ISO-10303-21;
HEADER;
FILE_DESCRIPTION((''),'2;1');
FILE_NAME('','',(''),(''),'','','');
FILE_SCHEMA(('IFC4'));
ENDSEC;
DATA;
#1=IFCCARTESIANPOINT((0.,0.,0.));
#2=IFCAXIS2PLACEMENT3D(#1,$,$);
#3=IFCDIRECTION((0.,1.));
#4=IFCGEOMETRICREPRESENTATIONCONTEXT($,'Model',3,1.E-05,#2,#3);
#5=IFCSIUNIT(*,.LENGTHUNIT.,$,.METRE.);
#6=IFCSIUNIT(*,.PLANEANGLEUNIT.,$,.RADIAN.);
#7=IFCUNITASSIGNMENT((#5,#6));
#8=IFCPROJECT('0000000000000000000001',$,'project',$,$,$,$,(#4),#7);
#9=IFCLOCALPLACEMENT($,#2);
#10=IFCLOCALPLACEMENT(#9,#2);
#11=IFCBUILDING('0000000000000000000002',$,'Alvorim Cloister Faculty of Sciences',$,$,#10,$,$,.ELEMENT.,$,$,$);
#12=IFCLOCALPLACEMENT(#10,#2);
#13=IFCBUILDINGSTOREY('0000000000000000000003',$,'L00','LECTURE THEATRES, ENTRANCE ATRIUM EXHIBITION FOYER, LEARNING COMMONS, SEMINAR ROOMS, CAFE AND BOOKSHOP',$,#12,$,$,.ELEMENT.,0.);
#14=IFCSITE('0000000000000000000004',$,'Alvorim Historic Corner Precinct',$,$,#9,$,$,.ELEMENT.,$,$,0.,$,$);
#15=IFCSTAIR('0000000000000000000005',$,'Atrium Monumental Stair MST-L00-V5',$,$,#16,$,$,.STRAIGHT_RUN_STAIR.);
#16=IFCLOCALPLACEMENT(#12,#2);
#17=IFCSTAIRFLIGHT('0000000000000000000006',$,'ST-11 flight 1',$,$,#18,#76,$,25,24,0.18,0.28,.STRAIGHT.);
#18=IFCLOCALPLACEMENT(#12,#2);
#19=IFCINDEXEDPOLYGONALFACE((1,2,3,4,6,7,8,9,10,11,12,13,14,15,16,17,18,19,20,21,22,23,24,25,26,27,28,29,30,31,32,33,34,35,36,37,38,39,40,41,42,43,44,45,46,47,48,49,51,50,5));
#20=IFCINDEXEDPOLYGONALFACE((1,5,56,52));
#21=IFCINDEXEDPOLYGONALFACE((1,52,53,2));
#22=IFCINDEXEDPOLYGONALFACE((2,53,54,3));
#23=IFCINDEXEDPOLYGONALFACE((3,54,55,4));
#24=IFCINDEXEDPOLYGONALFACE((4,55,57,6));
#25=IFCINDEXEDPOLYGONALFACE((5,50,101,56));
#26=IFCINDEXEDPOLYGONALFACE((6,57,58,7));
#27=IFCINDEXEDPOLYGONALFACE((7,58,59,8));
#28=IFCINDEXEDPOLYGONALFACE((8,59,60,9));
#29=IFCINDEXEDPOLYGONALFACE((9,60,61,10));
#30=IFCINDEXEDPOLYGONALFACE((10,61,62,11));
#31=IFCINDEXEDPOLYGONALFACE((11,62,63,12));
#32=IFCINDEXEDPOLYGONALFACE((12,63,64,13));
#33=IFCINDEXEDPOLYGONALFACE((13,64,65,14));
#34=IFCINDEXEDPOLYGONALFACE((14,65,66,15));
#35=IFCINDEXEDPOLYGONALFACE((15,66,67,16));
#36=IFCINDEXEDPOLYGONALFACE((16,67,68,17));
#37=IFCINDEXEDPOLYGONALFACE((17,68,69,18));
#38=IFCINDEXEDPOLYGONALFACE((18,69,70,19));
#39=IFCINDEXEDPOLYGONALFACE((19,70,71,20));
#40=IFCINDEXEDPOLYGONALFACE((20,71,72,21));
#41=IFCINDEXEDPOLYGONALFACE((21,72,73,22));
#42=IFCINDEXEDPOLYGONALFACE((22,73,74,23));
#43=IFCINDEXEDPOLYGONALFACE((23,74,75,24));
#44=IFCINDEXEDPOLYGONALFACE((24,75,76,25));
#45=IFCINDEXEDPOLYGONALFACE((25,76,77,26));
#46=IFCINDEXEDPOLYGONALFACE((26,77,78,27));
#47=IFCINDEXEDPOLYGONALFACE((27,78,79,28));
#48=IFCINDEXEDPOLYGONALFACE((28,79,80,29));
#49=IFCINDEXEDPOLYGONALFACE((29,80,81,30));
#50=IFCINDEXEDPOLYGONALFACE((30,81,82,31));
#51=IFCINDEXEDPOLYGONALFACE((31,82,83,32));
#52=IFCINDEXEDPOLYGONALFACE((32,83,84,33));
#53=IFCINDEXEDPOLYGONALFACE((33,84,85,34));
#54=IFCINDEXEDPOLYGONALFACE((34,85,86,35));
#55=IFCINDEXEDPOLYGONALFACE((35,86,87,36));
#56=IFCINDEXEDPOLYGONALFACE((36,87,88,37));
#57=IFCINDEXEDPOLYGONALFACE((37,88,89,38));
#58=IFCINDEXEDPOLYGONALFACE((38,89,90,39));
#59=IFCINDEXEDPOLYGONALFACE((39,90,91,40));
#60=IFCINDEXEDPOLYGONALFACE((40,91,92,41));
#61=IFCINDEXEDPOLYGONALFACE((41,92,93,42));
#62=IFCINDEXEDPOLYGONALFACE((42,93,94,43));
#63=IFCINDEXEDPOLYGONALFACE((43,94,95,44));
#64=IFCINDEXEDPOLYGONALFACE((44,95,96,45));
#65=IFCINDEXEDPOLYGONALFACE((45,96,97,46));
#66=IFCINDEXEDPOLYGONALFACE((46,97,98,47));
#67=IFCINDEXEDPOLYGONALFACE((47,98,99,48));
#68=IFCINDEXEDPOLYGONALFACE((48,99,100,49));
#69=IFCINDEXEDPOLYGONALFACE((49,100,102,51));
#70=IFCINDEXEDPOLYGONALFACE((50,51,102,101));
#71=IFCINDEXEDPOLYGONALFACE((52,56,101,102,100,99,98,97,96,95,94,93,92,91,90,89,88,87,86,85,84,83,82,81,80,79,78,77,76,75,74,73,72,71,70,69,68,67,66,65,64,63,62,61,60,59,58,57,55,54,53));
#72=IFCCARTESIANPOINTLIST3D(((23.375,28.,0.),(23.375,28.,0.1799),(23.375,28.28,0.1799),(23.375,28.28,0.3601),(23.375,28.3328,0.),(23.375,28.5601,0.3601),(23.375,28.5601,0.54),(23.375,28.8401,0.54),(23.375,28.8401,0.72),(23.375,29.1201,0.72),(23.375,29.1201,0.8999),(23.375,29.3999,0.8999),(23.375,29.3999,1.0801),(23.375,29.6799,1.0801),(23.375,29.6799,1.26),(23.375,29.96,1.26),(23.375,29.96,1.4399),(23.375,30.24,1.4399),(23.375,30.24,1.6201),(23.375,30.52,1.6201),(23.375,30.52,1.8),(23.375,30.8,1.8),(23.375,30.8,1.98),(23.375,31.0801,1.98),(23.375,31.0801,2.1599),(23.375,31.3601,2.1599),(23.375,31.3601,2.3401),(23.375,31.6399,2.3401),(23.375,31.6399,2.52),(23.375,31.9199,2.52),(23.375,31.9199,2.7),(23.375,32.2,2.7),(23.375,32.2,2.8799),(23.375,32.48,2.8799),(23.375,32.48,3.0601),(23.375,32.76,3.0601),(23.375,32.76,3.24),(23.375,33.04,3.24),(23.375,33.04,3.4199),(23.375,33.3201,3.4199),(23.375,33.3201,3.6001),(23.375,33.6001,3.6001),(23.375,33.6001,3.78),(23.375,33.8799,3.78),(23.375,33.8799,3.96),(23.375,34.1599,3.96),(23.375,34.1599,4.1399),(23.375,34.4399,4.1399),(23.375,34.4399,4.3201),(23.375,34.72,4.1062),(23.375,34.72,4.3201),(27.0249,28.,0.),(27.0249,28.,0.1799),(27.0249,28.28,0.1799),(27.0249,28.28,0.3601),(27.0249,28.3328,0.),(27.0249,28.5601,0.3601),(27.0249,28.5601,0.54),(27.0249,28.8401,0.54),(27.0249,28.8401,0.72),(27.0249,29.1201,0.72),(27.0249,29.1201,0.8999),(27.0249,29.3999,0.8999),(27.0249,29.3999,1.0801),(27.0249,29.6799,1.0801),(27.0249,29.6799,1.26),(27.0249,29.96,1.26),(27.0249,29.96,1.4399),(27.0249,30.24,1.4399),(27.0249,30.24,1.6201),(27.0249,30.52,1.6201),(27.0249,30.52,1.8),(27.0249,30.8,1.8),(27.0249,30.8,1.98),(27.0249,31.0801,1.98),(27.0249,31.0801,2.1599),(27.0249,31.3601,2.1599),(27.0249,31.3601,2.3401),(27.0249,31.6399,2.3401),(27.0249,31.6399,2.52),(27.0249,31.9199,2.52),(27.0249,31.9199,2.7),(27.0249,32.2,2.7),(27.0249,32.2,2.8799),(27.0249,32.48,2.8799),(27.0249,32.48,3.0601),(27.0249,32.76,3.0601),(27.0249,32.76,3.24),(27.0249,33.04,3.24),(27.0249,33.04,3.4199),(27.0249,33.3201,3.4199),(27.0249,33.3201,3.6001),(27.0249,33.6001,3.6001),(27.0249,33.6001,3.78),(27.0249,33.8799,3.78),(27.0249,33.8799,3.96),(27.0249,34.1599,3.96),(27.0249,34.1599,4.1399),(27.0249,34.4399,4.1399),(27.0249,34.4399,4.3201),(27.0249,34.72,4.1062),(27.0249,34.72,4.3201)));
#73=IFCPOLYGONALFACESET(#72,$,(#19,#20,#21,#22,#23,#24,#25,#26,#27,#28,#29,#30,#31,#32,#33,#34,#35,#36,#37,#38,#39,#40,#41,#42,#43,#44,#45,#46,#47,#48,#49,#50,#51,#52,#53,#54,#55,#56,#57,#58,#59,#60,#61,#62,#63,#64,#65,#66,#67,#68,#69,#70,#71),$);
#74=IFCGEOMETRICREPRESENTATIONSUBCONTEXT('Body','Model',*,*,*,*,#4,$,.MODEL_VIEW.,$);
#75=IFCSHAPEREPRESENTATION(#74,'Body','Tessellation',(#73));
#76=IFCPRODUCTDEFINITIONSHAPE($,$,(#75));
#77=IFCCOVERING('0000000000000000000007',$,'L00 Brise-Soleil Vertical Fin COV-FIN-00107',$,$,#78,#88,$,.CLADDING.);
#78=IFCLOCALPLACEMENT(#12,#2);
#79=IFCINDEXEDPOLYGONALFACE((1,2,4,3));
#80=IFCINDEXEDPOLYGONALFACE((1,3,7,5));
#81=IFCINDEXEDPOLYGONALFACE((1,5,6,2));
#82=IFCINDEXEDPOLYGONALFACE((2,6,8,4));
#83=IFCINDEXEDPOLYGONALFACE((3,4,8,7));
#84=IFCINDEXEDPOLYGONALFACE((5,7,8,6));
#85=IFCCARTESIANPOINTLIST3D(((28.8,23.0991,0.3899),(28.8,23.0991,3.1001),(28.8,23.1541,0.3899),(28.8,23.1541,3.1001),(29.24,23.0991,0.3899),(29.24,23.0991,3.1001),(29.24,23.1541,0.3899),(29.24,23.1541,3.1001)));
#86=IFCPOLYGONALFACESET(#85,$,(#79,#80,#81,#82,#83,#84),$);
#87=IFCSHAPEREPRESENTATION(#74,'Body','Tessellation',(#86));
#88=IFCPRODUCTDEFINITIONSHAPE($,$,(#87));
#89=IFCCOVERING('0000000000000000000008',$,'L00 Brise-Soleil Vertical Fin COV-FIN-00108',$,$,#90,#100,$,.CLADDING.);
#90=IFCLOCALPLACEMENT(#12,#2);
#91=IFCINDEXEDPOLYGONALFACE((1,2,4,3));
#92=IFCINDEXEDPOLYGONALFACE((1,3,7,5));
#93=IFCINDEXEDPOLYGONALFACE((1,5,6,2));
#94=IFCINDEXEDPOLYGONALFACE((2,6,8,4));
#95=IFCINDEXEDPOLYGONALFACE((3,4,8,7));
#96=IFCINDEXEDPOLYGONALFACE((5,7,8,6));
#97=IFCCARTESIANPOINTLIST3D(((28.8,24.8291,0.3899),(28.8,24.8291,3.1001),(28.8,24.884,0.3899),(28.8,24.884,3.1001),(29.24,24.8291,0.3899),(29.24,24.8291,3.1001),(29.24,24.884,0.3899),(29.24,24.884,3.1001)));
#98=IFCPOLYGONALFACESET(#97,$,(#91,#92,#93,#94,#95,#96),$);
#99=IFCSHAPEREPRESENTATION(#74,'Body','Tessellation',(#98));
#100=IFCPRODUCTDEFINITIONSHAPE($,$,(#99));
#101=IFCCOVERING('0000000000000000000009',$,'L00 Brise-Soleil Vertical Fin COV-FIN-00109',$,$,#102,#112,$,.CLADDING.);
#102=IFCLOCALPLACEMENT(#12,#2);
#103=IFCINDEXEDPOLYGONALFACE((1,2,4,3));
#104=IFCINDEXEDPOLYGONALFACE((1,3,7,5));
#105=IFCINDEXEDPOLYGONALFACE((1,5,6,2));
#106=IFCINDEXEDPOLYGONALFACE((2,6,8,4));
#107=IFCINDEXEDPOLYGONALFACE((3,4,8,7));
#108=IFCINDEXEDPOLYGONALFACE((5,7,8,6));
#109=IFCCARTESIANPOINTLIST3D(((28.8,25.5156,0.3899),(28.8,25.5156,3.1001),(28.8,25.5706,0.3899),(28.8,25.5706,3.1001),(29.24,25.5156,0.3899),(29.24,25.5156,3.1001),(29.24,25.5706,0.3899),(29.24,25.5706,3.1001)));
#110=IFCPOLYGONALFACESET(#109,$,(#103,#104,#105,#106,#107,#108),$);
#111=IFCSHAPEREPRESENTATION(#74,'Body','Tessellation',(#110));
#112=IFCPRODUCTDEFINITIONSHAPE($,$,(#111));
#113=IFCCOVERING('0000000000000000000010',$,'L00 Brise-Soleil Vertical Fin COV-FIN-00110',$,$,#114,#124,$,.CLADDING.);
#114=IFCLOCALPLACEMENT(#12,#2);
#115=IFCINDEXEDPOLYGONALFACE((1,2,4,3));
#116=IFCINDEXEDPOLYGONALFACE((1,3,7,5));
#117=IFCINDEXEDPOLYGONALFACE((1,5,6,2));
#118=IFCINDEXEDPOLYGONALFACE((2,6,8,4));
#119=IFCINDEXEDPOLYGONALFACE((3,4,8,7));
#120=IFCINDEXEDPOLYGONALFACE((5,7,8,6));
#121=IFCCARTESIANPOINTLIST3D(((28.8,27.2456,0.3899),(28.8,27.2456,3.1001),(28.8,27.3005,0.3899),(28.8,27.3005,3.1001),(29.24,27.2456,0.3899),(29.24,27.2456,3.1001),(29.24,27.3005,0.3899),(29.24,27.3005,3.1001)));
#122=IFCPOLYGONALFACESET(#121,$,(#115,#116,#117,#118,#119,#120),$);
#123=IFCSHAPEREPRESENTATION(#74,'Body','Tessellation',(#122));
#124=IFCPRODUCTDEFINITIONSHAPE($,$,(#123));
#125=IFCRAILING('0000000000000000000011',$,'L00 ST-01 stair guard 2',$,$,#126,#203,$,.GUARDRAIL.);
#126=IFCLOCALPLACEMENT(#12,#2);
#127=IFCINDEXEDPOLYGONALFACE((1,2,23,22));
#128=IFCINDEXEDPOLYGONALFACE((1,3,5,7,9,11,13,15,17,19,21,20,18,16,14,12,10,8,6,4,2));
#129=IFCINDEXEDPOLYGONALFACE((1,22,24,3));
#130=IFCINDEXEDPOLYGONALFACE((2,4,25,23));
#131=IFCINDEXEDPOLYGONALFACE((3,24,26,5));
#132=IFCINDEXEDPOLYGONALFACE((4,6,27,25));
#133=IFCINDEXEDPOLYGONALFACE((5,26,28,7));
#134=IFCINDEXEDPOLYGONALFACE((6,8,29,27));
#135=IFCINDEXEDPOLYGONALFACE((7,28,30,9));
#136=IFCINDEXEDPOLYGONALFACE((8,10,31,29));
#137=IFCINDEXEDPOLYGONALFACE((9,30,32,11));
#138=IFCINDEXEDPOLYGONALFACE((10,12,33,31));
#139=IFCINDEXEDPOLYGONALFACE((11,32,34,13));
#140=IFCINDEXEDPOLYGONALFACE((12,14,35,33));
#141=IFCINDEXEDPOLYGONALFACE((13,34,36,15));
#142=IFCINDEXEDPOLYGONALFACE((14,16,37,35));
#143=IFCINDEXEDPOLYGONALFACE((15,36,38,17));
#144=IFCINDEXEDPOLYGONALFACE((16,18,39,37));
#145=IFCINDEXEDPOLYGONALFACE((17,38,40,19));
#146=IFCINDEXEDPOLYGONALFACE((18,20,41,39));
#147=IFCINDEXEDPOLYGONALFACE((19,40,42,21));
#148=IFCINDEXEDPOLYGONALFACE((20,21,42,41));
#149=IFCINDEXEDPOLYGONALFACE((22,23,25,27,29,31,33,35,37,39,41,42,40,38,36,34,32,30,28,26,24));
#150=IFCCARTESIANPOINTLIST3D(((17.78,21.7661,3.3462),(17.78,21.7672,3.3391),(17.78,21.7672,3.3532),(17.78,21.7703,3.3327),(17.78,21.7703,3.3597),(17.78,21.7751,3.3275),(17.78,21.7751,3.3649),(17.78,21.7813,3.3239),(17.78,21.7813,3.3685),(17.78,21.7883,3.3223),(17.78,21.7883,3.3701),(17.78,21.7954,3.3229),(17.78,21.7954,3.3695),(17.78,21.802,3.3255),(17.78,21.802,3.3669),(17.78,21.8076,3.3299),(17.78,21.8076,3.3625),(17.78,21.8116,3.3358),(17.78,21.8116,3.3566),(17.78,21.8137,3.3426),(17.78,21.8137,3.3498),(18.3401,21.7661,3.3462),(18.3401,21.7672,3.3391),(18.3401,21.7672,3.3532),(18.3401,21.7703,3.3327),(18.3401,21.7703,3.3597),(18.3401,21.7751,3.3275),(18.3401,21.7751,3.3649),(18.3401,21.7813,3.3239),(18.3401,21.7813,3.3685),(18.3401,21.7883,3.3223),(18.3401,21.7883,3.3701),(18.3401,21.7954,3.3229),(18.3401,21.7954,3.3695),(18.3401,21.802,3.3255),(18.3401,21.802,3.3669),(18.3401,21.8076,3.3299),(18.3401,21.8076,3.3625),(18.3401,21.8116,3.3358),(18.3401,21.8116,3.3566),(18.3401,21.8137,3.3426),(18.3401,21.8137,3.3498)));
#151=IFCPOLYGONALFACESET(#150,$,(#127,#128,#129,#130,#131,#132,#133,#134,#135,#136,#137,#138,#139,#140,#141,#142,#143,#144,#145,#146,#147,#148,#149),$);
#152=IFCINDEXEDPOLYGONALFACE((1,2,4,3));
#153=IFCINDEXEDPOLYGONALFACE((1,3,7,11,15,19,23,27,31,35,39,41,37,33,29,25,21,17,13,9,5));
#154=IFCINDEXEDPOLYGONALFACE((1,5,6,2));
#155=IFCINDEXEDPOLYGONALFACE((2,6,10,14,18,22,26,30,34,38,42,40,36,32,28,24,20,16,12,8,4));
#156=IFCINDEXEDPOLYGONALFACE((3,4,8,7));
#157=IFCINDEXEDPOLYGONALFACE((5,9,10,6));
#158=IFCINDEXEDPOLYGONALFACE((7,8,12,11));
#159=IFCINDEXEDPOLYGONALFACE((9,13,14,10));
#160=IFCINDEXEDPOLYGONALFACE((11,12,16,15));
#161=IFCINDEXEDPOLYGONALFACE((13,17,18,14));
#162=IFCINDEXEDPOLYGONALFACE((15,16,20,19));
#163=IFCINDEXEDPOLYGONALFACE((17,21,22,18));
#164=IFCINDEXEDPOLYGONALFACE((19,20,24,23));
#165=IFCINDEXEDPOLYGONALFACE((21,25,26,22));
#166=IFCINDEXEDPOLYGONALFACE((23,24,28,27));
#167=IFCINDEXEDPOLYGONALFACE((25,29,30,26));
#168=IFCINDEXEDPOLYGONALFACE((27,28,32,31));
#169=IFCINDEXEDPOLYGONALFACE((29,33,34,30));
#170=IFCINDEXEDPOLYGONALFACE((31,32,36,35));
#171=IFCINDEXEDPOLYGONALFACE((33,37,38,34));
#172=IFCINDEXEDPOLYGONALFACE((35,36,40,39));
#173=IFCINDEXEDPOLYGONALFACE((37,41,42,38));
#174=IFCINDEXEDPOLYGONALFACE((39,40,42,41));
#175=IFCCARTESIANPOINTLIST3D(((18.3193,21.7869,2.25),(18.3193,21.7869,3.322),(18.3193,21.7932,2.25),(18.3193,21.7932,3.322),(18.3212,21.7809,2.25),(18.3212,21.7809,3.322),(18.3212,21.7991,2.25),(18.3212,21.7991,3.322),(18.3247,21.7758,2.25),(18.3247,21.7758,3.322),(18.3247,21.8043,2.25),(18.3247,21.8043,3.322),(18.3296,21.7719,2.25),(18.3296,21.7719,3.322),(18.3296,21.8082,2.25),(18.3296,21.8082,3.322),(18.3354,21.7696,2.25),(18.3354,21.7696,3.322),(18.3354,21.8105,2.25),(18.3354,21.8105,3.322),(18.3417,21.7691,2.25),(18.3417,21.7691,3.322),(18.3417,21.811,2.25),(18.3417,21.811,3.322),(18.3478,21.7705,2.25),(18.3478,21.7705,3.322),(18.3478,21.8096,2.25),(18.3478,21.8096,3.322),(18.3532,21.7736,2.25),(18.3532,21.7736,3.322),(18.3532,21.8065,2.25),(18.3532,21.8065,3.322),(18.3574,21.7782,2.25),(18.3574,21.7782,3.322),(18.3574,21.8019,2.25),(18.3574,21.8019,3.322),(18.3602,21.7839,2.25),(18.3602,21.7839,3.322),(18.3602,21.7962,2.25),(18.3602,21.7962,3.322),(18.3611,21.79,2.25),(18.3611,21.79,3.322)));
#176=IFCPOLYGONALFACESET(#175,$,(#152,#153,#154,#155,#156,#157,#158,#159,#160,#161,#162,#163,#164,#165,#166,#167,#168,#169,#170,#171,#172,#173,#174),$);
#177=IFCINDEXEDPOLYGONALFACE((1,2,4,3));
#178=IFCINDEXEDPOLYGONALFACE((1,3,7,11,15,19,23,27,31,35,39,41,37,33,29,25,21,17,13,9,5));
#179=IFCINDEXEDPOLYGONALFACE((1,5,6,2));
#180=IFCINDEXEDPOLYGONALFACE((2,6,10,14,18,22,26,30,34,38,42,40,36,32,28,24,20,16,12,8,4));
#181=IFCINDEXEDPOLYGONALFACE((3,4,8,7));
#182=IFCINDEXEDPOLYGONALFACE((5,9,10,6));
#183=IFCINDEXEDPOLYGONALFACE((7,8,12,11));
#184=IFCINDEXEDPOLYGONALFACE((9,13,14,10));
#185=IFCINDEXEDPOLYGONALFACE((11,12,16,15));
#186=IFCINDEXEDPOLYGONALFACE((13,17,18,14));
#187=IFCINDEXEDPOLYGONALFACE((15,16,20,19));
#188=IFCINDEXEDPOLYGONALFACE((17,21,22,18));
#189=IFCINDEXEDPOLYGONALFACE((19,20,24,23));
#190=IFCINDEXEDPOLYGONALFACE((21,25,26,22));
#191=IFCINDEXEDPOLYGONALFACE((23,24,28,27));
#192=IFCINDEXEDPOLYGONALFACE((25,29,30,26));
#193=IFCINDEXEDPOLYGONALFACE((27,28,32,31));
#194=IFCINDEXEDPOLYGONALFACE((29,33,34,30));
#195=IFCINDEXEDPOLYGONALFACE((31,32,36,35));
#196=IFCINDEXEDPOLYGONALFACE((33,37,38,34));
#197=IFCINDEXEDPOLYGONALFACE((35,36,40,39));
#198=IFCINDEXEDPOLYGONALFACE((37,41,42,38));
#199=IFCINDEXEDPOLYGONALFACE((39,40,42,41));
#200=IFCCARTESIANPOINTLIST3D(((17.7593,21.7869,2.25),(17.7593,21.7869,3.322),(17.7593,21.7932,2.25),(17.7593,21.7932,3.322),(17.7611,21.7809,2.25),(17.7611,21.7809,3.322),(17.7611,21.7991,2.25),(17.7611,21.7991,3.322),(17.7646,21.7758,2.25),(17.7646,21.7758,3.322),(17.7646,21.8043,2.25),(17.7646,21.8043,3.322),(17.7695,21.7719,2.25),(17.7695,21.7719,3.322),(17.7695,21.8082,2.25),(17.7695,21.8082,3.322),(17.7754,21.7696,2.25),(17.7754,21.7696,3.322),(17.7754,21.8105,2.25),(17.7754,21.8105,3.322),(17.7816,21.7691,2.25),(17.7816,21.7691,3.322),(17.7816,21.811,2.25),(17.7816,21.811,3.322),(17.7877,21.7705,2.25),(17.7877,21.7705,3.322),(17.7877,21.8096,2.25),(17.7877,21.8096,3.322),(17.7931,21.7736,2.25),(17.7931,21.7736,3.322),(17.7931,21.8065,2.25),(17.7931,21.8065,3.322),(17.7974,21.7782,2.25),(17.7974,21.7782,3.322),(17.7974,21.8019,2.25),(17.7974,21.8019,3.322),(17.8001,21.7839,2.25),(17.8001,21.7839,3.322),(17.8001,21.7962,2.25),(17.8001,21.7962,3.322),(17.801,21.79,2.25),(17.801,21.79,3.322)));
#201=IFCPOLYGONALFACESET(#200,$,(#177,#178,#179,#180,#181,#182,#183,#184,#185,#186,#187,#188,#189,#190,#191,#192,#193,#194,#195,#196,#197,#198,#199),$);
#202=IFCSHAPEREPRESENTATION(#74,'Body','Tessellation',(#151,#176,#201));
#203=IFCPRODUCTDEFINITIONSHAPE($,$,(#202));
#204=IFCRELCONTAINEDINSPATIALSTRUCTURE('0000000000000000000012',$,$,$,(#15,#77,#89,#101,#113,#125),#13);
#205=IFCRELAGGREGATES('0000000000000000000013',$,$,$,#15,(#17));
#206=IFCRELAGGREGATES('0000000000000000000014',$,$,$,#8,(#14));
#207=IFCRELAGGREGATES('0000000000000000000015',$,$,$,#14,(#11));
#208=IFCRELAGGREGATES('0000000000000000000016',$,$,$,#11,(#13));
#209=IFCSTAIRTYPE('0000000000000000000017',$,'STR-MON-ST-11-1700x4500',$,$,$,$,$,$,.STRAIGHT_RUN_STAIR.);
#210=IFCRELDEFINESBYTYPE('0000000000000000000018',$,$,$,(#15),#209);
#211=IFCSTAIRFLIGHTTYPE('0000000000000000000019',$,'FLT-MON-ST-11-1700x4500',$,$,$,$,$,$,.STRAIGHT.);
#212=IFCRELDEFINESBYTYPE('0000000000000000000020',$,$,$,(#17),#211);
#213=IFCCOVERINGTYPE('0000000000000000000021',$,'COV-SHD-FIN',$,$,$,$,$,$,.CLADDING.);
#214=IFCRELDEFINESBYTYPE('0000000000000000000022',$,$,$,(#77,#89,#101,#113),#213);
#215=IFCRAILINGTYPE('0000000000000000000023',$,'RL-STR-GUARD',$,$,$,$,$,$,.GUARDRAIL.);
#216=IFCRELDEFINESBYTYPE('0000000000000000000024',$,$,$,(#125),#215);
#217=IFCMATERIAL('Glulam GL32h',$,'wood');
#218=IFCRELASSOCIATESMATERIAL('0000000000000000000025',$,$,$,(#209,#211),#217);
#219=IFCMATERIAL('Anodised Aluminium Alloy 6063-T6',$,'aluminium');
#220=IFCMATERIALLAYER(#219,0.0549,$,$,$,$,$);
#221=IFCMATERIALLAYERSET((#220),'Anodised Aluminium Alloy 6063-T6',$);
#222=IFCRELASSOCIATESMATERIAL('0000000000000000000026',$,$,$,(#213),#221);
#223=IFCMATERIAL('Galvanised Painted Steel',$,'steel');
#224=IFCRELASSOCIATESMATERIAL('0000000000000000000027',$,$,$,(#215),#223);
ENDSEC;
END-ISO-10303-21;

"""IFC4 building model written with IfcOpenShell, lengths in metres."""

from ifc_helpers import new_model, si_unit, direction, frame, origin, origin_2d, place, context, subcontext, project, spatial, polyline, circle, outline, extrude, material, layer, layer_set, type_object, element, aggregate, save


model = new_model("IFC4")

# Units and contexts
model_context = context("Model", 3, precision=1e-05, world=origin(), true_north=direction((0.0, 1.0)))
body_context = subcontext(model_context, "Body", "Model", "MODEL_VIEW")
ifc_project = project(units=[si_unit("LENGTHUNIT", "METRE"), si_unit("PLANEANGLEUNIT", "RADIAN")], contexts=[model_context])

# Site, building, storey
site_placement = place(None, origin())
site = spatial("IfcSite", under=ifc_project, at=site_placement, Name="Alvorim Historic Corner Precinct", CompositionType="ELEMENT", RefElevation=0.0)
building_placement = place(site_placement, origin())
building = spatial("IfcBuilding", under=site, at=building_placement, Name="Alvorim Cloister Faculty of Sciences", CompositionType="ELEMENT")
storey_placement = place(building_placement, origin())
storey = spatial("IfcBuildingStorey", under=building, at=storey_placement, Name="L00", Description="LECTURE THEATRES, ENTRANCE ATRIUM EXHIBITION FOYER, LEARNING COMMONS, SEMINAR ROOMS, CAFE AND BOOKSHOP", CompositionType="ELEMENT", Elevation=0.0)

# Stair, stair flight
ifc_material_1 = material(Name="Glulam GL32h", Category="wood")
stair_type = type_object("IfcStairType", Name="STR-MON-ST-11-1700x4500", PredefinedType="STRAIGHT_RUN_STAIR", material=ifc_material_1)
stair_placement = place(storey_placement, origin())
stair = element("IfcStair", 1, at=stair_placement, inside=storey, type_object=stair_type, Name="Atrium Monumental Stair MST-L00-V5", PredefinedType="STRAIGHT_RUN_STAIR")
stair_flight_type = type_object("IfcStairFlightType", Name="FLT-MON-ST-11-1700x4500", PredefinedType="STRAIGHT", material=ifc_material_1)
stair_flight_placement = place(storey_placement, frame((25.2, 28.0, 0.0), z_axis=(0.0, 0.0, 1.0), x_axis=(0.0, 1.0, 0.0)))
stair_flight = element("IfcStairFlight", 2, at=stair_flight_placement, type_object=stair_flight_type, Name="ST-11 flight 1", NumberOfRisers=25, NumberOfTreads=24, PredefinedType="STRAIGHT", RiserHeight=0.18, TreadLength=0.28, context=body_context, shape_type="SweptSolid", body=[
    extrude(outline(polyline([(0.3328, 0.0), (6.72, 4.1062), (6.72, 4.5), (6.72, 4.3201), (6.4399, 4.3201), (6.4399, 4.1399), (6.1599, 4.1399), (6.1599, 3.96), (5.8799, 3.96), (5.8799, 3.78), (5.6001, 3.78), (5.6001, 3.6001), (5.3201, 3.6001), (5.3201, 3.4199), (5.04, 3.4199), (5.04, 3.24), (4.76, 3.24), (4.76, 3.0601), (4.48, 3.0601), (4.48, 2.8799), (4.2, 2.8799), (4.2, 2.7), (3.9199, 2.7), (3.9199, 2.52), (3.6399, 2.52), (3.6399, 2.3401), (3.3601, 2.3401), (3.3601, 2.1599), (3.0801, 2.1599), (3.0801, 1.98), (2.8, 1.98), (2.8, 1.8), (2.52, 1.8), (2.52, 1.6201), (2.24, 1.6201), (2.24, 1.4399), (1.96, 1.4399), (1.96, 1.26), (1.6799, 1.26), (1.6799, 1.0801), (1.3999, 1.0801), (1.3999, 0.8999), (1.1201, 0.8999), (1.1201, 0.72), (0.8401, 0.72), (0.8401, 0.54), (0.5601, 0.54), (0.5601, 0.3601), (0.28, 0.3601), (0.28, 0.1799), (0.0, 0.1799), (0.0, 0.0), (0.3328, 0.0)])), frame((0.0, 1.825, 0.0), z_axis=(0.0, -1.0, 0.0), x_axis=(1.0, 0.0, 0.0)), (0.0, 0.0, 1.0), 3.6499),
])
aggregate(stair, [stair_flight])

# Coverings
ifc_material_2 = material(Name="Anodised Aluminium Alloy 6063-T6", Category="aluminium")
ifc_layer_1 = layer(ifc_material_2, 0.0549)
ifc_layer_set_1 = layer_set([ifc_layer_1], Name="Anodised Aluminium Alloy 6063-T6")
covering_type = type_object("IfcCoveringType", Name="COV-SHD-FIN", PredefinedType="CLADDING", material=ifc_layer_set_1)
for number, where, z_axis, x_axis, name in (
    (3, (28.8, 23.1267, 0.3899), (0.0, 0.0, 1.0), (1.0, 0.0, 0.0), "L00 Brise-Soleil Vertical Fin COV-FIN-00107"),
    (4, (28.8, 24.8567, 0.3899), (0.0, 0.0, 1.0), (1.0, 0.0, 0.0), "L00 Brise-Soleil Vertical Fin COV-FIN-00108"),
    (5, (28.8, 25.5432, 0.3899), (0.0, 0.0, 1.0), (1.0, 0.0, 0.0), "L00 Brise-Soleil Vertical Fin COV-FIN-00109"),
    (6, (28.8, 27.2732, 0.3899), (0.0, 0.0, 1.0), (1.0, 0.0, 0.0), "L00 Brise-Soleil Vertical Fin COV-FIN-00110"),
):
    element("IfcCovering", number, at=place(storey_placement, frame(where, z_axis=z_axis, x_axis=x_axis)), inside=storey, type_object=covering_type, Name=name, PredefinedType="CLADDING", context=body_context, shape_type="SweptSolid", body=[
        extrude(outline(polyline([(0.0, 0.0), (0.4399, 0.0), (0.4399, 2.7102), (0.0, 2.7102), (0.0, 0.0)])), frame((0.0, 0.0273, 0.0), z_axis=(0.0, -1.0, 0.0), x_axis=(1.0, 0.0, 0.0)), (0.0, 0.0, 1.0), 0.0549),
    ])

# Railing
ifc_material_3 = material(Name="Galvanised Painted Steel", Category="steel")
railing_type_1 = type_object("IfcRailingType", Name="RL-STR-GUARD", PredefinedType="GUARDRAIL", material=ifc_material_3)
railing_placement = place(storey_placement, frame((18.3401, 21.79, 2.25)))
element("IfcRailing", 7, at=railing_placement, inside=storey, type_object=railing_type_1, Name="L00 ST-01 stair guard 2", PredefinedType="GUARDRAIL", context=body_context, shape_type="SweptSolid", body=[
    extrude(circle(Radius=0.0239, at=origin_2d()), frame((0.0, 0.0, 1.0962), z_axis=(-1.0, 0.0, 0.0), x_axis=(0.0, -1.0, 0.0)), (0.0, 0.0, 1.0), 0.5601),
    extrude(circle(Radius=0.021, at=origin_2d()), origin(), (0.0, 0.0, 1.0), 1.072),
    extrude(circle(Radius=0.021, at=origin_2d()), frame((-0.5601, 0.0, 0.0)), (0.0, 0.0, 1.0), 1.072),
])

save(model, "model.ifc")
